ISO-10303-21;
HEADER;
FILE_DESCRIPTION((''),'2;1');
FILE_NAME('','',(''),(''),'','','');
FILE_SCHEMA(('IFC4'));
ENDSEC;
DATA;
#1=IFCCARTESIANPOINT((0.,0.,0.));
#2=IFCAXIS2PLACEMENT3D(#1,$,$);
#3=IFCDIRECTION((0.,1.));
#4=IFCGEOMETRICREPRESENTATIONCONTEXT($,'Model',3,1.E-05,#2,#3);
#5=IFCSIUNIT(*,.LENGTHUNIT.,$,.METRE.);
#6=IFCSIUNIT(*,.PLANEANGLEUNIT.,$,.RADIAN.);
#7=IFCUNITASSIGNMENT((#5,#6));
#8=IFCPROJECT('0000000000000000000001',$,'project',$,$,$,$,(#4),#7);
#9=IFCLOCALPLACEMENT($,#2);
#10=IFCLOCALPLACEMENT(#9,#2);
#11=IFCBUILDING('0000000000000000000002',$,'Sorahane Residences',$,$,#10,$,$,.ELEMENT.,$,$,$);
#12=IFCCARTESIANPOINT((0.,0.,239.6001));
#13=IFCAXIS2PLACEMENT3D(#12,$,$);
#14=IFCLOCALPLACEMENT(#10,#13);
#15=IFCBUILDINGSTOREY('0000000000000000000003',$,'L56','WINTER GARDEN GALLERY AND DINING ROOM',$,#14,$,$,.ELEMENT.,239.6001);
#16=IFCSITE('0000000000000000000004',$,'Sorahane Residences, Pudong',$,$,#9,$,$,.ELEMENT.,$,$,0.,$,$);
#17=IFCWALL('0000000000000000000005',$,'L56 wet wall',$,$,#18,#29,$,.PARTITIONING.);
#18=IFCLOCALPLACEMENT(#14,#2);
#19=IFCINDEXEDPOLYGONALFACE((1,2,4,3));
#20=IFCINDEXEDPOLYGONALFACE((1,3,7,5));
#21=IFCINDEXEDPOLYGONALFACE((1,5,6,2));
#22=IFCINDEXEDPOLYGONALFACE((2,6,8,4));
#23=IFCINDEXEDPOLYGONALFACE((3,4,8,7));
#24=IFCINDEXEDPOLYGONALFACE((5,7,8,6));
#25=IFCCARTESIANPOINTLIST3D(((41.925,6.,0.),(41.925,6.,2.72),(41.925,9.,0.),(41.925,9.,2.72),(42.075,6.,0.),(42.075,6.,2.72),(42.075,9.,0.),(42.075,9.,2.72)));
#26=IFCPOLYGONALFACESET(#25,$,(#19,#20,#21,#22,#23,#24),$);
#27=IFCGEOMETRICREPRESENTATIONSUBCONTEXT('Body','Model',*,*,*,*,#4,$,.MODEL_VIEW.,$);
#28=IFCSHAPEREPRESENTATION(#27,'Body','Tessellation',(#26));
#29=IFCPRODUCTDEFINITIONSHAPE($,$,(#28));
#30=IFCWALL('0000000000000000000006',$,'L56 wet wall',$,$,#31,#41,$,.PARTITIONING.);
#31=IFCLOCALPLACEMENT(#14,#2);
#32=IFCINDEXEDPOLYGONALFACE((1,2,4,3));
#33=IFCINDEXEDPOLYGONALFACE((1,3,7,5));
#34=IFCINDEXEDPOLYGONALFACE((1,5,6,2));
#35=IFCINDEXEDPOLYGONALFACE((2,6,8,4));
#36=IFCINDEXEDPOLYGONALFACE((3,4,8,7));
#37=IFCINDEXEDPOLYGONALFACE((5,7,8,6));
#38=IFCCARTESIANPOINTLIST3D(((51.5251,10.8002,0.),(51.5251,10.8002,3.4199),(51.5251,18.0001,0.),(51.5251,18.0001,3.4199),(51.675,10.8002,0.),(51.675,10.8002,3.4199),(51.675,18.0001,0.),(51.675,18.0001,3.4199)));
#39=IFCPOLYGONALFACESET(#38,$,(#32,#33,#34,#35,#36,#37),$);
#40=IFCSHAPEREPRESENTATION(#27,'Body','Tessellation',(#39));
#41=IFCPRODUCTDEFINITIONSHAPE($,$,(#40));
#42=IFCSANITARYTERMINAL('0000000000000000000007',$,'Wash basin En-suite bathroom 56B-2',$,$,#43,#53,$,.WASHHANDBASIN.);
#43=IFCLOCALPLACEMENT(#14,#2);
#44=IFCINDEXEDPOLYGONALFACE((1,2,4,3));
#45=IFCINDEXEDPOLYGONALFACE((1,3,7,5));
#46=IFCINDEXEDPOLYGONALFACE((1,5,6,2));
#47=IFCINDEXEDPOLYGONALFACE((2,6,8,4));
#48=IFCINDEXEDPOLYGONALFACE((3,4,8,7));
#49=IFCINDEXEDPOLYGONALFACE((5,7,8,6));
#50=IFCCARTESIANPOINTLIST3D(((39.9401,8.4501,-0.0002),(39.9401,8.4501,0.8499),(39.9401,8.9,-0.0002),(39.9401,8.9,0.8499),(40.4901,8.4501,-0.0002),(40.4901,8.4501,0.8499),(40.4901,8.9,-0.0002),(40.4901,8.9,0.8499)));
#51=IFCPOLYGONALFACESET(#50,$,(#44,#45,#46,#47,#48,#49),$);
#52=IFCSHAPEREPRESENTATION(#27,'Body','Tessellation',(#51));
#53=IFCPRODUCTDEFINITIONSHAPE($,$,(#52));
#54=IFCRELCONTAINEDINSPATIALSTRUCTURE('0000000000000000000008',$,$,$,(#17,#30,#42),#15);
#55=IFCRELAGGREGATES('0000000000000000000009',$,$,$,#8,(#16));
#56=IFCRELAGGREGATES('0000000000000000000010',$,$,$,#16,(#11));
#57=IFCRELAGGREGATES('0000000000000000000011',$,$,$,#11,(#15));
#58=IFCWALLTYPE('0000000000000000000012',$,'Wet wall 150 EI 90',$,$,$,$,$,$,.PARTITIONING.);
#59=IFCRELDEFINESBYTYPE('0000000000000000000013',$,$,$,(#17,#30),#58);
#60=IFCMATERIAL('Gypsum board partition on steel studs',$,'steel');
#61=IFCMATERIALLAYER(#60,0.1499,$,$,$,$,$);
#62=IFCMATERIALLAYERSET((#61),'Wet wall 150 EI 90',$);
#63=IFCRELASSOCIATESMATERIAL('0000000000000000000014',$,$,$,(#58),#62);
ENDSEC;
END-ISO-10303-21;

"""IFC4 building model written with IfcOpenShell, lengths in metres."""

from ifc_helpers import new_model, si_unit, direction, frame, frame_2d, origin, origin_2d, place, context, subcontext, project, spatial, rectangle, extrude, material, layer, layer_set, type_object, element, save


model = new_model("IFC4")

# Units and contexts
model_context = context("Model", 3, precision=1e-05, world=origin(), true_north=direction((0.0, 1.0)))
body_context = subcontext(model_context, "Body", "Model", "MODEL_VIEW")
ifc_project = project(units=[si_unit("LENGTHUNIT", "METRE"), si_unit("PLANEANGLEUNIT", "RADIAN")], contexts=[model_context])

# Site, building, storey
site_placement = place(None, origin())
site = spatial("IfcSite", under=ifc_project, at=site_placement, Name="Sorahane Residences, Pudong", CompositionType="ELEMENT", RefElevation=0.0)
building_placement = place(site_placement, origin())
building = spatial("IfcBuilding", under=site, at=building_placement, Name="Sorahane Residences", CompositionType="ELEMENT")
storey_placement = place(building_placement, frame((0.0, 0.0, 239.6001)))
storey = spatial("IfcBuildingStorey", under=building, at=storey_placement, Name="L56", Description="WINTER GARDEN GALLERY AND DINING ROOM", CompositionType="ELEMENT", Elevation=239.6001)

# Walls
ifc_material_1 = material(Name="Gypsum board partition on steel studs", Category="steel")
ifc_layer_1 = layer(ifc_material_1, 0.1499)
ifc_layer_set_1 = layer_set([ifc_layer_1], Name="Wet wall 150 EI 90")
wall_type_1 = type_object("IfcWallType", Name="Wet wall 150 EI 90", PredefinedType="PARTITIONING", material=ifc_layer_set_1)
wall_1_placement = place(storey_placement, frame((42.0, 6.0, 0.0), z_axis=(0.0, 0.0, 1.0), x_axis=(0.0, 1.0, 0.0)))
element("IfcWall", 1, at=wall_1_placement, inside=storey, type_object=wall_type_1, Name="L56 wet wall", PredefinedType="PARTITIONING", context=body_context, shape_type="SweptSolid", body=[
    extrude(rectangle(XDim=3.0, YDim=0.1499, at=frame_2d((1.5, 0.0))), origin(), (0.0, 0.0, 1.0), 2.72),
])
wall_2_placement = place(storey_placement, frame((51.6001, 10.8, 0.0), z_axis=(0.0, 0.0, 1.0), x_axis=(0.0, 1.0, 0.0)))
element("IfcWall", 2, at=wall_2_placement, inside=storey, type_object=wall_type_1, Name="L56 wet wall", PredefinedType="PARTITIONING", context=body_context, shape_type="SweptSolid", body=[
    extrude(rectangle(XDim=7.2, YDim=0.1499, at=frame_2d((3.6001, 0.0))), origin(), (0.0, 0.0, 1.0), 3.4199),
])

# Sanitary terminal
sanitary_terminal_placement = place(storey_placement, frame((40.2151, 8.675, -0.0002), z_axis=(0.0, 0.0, 1.0), x_axis=(1.0, 0.0, 0.0)))
element("IfcSanitaryTerminal", 3, at=sanitary_terminal_placement, inside=storey, Name="Wash basin En-suite bathroom 56B-2", PredefinedType="WASHHANDBASIN", context=body_context, shape_type="SweptSolid", body=[
    extrude(rectangle(XDim=0.55, YDim=0.45, at=origin_2d()), origin(), (0.0, 0.0, 1.0), 0.8501),
])

save(model, "model.ifc")
